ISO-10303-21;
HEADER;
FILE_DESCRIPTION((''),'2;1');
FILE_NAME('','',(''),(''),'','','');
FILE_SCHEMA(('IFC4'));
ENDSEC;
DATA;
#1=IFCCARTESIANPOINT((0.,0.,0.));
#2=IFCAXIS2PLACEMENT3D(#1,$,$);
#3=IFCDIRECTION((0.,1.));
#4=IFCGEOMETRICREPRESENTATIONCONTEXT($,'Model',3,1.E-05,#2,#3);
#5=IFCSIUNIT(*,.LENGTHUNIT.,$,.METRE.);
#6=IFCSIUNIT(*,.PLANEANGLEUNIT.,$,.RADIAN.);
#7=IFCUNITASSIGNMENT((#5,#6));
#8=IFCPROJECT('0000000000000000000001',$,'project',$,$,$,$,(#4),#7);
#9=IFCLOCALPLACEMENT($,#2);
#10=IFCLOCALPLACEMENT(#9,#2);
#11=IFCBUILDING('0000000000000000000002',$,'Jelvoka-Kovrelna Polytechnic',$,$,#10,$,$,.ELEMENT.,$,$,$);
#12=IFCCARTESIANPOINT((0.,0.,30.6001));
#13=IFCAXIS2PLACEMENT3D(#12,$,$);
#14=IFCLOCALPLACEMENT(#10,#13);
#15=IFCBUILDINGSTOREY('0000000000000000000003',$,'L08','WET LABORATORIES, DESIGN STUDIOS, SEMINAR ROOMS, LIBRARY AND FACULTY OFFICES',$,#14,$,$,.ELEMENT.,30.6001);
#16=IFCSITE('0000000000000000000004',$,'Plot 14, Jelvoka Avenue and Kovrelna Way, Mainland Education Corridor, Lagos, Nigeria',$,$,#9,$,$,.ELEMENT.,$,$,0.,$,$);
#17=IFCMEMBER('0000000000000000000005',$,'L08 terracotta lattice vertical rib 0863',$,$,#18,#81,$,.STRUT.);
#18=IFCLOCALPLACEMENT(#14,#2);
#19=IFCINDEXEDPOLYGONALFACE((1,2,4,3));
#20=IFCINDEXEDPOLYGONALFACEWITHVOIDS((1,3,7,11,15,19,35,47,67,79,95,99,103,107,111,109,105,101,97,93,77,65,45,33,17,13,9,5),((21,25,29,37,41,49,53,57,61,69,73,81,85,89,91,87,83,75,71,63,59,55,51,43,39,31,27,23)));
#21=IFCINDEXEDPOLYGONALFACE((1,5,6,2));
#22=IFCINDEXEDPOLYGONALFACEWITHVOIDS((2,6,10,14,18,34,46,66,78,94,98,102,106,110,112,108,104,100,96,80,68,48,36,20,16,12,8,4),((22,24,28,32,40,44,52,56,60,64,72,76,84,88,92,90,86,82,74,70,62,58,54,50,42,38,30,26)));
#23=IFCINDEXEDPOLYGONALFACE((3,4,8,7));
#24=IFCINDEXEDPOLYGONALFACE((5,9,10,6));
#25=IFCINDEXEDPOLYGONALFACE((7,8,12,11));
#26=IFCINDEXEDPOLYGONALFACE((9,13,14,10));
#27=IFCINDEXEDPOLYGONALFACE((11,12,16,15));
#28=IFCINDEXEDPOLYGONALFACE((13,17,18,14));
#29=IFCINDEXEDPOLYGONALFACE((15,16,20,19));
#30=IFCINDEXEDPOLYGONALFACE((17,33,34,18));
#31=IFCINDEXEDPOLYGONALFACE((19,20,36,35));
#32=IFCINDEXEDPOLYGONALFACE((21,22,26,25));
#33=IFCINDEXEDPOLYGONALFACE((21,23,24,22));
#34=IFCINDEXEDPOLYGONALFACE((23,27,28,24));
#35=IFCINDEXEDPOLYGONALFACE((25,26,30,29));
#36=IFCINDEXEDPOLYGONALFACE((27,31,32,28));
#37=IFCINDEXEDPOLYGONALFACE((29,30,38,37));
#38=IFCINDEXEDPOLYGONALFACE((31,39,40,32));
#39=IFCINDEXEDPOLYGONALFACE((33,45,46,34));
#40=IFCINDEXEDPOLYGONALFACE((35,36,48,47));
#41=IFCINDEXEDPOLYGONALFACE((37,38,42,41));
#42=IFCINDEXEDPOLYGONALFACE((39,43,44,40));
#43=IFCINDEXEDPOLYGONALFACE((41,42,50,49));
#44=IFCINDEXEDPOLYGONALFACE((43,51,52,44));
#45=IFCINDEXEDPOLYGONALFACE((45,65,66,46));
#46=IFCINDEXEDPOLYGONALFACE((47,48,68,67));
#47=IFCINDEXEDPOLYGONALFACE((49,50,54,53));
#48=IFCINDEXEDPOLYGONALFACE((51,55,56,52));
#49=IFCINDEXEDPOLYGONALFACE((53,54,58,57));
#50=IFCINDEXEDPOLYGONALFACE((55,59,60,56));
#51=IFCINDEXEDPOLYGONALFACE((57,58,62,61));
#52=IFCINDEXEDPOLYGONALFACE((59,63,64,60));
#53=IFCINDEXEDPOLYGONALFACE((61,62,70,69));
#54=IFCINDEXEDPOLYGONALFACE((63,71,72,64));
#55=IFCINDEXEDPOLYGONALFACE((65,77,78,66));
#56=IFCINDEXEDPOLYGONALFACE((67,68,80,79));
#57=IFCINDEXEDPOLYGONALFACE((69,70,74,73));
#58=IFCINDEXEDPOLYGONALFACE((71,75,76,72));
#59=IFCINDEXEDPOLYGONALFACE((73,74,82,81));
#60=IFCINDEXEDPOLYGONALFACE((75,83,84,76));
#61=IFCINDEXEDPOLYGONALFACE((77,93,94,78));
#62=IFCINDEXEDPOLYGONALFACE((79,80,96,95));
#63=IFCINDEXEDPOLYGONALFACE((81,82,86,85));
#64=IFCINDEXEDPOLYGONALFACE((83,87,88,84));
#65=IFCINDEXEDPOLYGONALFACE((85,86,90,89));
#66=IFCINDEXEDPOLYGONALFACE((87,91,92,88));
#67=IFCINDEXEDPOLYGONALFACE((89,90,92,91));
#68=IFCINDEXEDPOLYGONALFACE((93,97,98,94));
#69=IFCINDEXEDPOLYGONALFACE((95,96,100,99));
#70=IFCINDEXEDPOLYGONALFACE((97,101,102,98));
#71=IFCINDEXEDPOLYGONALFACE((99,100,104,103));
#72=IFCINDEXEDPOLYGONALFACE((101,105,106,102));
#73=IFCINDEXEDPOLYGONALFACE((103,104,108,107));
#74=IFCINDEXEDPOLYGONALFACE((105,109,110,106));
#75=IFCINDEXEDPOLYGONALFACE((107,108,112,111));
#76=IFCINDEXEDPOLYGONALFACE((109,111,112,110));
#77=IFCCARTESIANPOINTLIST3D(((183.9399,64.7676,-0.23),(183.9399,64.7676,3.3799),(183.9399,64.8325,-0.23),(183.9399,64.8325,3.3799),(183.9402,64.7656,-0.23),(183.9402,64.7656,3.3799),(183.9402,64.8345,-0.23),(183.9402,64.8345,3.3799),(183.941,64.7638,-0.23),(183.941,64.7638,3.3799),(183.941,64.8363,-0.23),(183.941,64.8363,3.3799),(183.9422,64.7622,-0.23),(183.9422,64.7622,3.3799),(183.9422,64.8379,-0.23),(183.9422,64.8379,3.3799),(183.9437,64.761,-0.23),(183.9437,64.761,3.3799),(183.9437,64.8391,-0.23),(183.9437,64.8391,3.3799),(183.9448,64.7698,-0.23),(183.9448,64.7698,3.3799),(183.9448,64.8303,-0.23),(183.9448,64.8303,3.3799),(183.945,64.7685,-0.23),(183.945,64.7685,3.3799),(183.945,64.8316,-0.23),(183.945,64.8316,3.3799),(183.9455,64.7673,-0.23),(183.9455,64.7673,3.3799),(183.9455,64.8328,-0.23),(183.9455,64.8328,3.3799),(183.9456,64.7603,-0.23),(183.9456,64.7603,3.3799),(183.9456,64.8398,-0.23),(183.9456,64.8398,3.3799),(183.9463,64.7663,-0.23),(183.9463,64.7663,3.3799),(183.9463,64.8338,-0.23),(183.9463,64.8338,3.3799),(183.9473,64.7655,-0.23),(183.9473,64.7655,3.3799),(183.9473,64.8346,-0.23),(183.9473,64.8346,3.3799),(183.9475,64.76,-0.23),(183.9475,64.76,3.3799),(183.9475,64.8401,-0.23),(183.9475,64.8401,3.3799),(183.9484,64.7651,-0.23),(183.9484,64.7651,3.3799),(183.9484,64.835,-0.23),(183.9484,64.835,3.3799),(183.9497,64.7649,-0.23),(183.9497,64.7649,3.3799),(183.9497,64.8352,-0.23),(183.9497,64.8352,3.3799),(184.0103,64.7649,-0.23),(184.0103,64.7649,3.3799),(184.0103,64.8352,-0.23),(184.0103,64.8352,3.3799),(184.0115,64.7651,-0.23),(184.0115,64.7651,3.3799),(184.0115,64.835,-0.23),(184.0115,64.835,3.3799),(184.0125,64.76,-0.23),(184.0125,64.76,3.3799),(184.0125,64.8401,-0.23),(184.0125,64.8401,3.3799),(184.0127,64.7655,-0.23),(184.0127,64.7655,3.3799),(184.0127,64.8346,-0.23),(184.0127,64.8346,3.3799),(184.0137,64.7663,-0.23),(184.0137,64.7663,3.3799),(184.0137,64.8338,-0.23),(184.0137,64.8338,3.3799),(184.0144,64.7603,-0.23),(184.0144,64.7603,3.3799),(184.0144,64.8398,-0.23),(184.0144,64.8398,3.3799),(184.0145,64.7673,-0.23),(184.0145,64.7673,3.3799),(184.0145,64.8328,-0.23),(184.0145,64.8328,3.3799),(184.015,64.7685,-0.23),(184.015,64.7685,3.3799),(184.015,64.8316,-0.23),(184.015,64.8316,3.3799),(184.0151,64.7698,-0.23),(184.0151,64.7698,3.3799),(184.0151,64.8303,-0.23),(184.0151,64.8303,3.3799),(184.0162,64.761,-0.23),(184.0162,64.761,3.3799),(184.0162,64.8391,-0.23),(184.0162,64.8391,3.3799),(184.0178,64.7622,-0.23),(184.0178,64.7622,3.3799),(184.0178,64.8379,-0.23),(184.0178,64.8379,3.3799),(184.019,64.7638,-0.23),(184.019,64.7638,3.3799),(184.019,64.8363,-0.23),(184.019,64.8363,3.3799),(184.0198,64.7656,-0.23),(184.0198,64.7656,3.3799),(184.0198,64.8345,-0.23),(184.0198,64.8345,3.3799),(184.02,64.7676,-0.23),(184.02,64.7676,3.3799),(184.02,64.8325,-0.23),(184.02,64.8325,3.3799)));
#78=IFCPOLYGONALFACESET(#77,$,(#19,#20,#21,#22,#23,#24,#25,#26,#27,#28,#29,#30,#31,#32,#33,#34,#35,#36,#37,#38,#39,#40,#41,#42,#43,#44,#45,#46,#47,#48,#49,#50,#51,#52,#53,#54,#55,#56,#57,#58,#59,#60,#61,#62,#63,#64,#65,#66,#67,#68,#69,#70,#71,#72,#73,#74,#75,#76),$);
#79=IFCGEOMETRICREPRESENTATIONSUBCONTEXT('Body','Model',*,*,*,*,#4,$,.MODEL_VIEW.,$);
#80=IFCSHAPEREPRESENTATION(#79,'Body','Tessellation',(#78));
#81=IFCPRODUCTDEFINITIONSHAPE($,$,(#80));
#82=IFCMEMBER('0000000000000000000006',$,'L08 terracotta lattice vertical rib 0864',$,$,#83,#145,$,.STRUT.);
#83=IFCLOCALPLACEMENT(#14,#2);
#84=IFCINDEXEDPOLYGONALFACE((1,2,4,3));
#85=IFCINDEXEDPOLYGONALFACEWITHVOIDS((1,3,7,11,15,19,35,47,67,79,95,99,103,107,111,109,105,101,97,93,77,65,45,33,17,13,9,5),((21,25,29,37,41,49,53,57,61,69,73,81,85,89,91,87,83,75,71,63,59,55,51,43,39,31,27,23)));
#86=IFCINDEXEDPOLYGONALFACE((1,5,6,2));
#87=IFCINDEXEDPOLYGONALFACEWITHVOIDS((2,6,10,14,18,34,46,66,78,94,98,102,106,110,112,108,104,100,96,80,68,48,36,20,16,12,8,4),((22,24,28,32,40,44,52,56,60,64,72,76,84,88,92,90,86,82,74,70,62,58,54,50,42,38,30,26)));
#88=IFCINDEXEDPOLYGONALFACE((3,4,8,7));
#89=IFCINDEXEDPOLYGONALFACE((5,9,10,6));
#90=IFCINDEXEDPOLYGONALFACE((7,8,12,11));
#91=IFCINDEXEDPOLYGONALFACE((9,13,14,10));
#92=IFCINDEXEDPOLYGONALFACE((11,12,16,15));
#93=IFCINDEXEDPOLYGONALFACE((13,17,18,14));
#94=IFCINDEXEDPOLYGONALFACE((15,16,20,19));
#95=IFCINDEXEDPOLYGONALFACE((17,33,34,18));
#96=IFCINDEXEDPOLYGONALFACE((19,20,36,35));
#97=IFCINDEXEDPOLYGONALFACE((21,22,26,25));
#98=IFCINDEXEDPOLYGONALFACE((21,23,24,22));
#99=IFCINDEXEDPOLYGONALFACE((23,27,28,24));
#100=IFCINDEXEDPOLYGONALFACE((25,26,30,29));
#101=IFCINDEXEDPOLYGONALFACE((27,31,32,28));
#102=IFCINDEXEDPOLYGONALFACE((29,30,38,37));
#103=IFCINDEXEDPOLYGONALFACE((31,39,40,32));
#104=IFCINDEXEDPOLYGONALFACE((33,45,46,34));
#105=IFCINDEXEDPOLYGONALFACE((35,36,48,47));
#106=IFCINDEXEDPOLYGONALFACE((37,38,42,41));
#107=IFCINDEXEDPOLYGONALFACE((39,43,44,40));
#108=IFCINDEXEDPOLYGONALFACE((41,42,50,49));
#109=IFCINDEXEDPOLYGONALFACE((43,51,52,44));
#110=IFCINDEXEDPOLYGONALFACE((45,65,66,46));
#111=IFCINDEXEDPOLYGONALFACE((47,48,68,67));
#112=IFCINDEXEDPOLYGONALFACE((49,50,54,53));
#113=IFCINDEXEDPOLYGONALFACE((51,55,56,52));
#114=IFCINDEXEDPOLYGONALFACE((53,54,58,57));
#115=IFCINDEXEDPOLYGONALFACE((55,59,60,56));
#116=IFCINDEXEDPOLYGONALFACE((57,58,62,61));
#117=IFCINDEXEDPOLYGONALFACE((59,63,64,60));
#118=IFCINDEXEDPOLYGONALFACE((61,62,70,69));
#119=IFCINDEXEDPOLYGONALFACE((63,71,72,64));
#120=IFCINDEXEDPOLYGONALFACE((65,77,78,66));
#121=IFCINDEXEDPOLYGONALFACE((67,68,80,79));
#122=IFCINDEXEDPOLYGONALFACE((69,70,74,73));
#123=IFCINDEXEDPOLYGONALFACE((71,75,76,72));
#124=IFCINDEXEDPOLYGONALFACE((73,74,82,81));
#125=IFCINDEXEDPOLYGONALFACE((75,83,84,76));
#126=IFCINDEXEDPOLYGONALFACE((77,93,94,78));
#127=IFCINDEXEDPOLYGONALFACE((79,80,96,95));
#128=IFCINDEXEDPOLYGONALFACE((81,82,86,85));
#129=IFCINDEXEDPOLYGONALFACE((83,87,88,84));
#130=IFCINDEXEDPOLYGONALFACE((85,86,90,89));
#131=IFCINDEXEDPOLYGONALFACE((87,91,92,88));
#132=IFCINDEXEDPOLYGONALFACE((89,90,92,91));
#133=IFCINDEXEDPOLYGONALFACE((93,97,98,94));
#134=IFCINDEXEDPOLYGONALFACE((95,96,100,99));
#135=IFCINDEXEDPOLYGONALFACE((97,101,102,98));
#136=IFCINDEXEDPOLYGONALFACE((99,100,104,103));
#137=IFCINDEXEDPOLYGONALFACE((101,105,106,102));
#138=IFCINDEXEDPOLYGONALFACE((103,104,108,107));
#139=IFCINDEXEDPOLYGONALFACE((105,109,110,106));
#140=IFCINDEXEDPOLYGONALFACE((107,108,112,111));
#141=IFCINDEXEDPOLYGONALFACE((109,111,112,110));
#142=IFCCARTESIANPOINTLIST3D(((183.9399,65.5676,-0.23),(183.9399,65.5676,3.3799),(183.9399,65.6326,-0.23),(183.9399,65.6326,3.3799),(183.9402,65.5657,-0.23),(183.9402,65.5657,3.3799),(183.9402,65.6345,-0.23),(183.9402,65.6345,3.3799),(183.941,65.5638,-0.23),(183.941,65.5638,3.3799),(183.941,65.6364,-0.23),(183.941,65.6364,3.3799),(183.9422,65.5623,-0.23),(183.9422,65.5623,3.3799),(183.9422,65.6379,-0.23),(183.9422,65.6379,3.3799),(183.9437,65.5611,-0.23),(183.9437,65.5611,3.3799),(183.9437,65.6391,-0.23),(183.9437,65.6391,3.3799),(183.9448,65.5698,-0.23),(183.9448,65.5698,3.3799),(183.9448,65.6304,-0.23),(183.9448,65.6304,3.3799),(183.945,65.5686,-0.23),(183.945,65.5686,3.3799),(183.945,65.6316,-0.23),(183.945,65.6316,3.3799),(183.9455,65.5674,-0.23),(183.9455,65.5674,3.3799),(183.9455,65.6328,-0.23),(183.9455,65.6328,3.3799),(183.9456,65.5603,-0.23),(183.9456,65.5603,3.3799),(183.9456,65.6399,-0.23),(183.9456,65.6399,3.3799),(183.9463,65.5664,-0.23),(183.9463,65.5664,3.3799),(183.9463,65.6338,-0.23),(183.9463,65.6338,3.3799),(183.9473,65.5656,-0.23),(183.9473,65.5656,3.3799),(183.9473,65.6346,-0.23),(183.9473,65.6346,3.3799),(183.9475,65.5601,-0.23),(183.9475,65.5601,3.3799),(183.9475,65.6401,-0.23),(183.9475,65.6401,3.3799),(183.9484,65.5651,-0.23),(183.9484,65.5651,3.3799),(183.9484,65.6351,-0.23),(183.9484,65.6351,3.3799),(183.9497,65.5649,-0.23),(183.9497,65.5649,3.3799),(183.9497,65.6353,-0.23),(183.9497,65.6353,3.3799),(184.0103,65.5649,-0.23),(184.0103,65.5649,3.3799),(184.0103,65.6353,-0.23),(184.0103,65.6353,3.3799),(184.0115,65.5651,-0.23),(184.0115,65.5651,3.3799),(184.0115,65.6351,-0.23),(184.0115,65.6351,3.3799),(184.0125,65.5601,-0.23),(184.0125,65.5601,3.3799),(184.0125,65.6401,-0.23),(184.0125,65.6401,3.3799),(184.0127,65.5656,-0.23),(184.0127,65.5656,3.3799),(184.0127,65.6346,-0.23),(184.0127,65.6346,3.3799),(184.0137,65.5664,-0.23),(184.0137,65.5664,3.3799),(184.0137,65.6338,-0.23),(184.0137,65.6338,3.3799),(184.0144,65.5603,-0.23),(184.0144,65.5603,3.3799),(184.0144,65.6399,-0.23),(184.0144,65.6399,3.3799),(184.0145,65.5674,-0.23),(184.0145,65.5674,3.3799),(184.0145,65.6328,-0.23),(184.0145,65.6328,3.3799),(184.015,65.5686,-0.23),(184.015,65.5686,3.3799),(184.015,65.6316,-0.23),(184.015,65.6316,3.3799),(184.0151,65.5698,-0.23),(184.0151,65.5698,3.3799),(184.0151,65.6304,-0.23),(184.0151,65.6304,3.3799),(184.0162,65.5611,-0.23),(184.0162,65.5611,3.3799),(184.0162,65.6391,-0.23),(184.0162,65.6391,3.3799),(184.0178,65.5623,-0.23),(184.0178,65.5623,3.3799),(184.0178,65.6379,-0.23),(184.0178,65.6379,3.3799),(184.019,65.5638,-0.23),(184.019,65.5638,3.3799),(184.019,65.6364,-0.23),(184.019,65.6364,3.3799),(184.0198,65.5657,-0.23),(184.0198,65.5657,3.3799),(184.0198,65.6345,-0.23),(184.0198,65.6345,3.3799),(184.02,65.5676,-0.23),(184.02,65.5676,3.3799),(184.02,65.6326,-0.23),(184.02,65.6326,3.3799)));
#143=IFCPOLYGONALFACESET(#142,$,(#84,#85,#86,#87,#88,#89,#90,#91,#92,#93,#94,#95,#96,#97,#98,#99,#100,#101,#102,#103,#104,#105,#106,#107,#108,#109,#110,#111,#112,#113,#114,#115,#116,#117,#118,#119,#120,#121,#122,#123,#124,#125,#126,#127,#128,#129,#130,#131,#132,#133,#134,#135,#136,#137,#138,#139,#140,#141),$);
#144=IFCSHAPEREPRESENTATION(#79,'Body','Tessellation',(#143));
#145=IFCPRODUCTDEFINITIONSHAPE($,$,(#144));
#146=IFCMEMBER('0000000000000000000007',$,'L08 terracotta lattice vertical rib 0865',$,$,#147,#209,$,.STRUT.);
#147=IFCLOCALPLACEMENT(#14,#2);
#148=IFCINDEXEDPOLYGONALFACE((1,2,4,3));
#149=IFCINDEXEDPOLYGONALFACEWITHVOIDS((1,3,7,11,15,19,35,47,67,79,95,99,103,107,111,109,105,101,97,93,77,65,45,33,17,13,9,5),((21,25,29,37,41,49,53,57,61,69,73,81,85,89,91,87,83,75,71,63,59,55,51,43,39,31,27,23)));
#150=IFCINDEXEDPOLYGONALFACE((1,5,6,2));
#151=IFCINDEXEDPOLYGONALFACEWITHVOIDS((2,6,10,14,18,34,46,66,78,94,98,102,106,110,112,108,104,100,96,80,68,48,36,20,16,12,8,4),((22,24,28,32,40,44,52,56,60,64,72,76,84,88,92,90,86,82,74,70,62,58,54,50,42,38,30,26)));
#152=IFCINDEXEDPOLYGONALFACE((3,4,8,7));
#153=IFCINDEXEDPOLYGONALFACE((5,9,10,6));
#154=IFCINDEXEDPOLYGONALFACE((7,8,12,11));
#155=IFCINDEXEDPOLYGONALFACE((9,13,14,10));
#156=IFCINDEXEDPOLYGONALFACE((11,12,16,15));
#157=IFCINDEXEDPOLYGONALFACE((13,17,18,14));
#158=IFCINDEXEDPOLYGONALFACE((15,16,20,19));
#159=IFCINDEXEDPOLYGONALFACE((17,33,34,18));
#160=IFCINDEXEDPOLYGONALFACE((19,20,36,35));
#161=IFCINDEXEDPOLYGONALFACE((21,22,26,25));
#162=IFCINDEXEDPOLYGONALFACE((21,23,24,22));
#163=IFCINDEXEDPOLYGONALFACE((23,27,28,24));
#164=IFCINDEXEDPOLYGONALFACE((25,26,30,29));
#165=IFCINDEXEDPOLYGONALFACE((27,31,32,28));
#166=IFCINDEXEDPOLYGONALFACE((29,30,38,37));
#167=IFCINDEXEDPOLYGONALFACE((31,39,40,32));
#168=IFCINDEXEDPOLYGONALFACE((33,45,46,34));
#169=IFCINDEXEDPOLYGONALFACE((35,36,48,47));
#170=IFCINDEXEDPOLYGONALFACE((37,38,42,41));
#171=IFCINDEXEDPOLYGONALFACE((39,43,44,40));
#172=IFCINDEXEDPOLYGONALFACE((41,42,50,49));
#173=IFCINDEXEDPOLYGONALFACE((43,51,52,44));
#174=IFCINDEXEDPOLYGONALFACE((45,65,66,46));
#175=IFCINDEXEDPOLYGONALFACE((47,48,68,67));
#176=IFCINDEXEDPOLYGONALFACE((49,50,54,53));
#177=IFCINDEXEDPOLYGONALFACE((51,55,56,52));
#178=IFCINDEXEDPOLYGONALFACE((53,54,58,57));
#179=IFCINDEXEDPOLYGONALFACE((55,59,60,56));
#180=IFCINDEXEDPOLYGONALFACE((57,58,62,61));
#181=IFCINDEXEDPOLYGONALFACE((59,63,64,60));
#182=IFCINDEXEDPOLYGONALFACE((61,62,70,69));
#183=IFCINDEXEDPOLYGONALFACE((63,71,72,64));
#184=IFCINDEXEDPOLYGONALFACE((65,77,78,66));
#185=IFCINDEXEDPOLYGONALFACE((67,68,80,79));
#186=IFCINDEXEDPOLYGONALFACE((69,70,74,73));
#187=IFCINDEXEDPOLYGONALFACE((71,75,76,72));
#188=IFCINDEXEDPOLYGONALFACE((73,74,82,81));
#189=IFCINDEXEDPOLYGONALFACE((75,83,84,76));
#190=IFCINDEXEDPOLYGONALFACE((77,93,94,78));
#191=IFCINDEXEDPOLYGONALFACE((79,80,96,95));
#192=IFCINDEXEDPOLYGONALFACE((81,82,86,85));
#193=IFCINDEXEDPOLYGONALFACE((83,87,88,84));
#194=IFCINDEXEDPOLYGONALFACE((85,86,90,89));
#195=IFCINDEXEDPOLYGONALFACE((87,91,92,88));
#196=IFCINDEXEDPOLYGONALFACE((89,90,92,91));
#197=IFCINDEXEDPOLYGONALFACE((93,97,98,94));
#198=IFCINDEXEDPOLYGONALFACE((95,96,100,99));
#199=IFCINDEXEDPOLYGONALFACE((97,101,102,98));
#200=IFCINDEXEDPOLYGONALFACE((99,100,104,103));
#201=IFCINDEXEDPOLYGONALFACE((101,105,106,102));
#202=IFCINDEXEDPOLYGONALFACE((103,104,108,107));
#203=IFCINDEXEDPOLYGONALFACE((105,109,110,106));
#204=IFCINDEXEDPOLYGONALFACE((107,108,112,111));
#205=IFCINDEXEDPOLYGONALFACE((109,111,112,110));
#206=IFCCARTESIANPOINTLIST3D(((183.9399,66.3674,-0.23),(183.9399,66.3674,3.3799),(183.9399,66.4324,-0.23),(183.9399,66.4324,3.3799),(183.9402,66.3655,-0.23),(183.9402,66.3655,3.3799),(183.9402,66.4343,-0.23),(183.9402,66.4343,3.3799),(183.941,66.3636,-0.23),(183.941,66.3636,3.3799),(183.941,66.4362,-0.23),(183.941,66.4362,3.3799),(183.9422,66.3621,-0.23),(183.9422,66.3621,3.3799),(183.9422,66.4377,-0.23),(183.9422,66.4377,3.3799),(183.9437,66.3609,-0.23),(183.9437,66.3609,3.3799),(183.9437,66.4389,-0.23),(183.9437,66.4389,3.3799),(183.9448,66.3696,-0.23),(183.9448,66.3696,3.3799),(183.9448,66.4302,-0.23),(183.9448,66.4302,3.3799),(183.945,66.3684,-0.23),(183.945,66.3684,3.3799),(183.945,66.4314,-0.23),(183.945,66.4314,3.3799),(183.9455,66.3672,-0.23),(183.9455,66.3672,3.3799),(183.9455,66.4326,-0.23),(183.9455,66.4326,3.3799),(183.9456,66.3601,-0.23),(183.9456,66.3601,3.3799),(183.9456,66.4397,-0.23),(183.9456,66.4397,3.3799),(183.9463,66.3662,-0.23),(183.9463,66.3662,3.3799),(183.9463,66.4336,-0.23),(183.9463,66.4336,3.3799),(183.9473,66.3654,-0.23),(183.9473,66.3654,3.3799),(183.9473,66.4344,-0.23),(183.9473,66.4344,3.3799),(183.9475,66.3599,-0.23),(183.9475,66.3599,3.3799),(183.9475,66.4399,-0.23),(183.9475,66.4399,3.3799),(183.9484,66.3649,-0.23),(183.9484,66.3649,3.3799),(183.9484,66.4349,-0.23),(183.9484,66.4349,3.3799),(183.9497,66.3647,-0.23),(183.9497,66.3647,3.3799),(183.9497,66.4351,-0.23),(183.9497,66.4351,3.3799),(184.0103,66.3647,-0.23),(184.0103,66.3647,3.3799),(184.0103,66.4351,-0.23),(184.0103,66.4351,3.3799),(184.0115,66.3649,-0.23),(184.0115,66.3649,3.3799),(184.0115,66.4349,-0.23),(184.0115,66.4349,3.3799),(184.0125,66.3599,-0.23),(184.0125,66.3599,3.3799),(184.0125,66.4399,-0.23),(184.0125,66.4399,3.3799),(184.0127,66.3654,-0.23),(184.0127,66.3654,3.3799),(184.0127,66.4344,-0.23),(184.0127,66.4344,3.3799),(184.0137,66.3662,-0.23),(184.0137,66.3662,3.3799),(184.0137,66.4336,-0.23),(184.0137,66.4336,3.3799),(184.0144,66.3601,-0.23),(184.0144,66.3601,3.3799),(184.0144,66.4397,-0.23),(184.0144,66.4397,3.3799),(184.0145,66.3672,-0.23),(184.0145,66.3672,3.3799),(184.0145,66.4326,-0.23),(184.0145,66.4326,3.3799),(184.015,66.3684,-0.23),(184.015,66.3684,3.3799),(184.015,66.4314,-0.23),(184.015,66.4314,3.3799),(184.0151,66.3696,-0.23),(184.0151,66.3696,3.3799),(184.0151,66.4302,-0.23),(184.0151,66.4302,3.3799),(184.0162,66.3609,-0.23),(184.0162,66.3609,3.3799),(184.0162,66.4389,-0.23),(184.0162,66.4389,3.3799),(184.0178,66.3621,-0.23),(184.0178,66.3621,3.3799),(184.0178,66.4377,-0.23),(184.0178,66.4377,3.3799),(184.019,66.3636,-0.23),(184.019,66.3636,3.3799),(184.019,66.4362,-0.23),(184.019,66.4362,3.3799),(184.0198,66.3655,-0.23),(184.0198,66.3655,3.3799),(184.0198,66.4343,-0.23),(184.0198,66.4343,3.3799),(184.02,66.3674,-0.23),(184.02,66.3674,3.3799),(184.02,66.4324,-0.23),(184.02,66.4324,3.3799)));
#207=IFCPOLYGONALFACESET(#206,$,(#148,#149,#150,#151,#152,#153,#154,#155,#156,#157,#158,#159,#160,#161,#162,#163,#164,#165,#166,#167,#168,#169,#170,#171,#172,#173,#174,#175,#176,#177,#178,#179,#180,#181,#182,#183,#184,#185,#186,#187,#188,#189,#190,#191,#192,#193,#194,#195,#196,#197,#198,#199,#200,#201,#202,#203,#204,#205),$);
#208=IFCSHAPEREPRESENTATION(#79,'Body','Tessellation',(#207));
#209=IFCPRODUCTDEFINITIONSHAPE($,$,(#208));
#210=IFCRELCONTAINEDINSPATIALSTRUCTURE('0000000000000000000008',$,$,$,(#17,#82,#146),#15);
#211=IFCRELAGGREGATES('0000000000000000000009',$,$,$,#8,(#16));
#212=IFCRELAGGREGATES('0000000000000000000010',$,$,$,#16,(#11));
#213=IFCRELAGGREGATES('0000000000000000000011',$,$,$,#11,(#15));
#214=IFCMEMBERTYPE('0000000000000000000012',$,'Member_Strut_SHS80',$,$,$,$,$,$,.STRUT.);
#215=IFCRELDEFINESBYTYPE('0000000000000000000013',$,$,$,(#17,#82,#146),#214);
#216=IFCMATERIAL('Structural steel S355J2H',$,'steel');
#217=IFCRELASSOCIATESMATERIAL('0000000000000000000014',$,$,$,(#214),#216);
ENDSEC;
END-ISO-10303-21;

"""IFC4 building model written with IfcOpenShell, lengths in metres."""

from ifc_helpers import new_model, si_unit, direction, frame, origin, origin_2d, place, context, subcontext, project, spatial, hollow_rectangle, extrude, material, material_profile, profile_set, type_object, element, save


model = new_model("IFC4")

# Units and contexts
model_context = context("Model", 3, precision=1e-05, world=origin(), true_north=direction((0.0, 1.0)))
body_context = subcontext(model_context, "Body", "Model", "MODEL_VIEW")
ifc_project = project(units=[si_unit("LENGTHUNIT", "METRE"), si_unit("PLANEANGLEUNIT", "RADIAN")], contexts=[model_context])

# Site, building, storey
site_placement = place(None, origin())
site = spatial("IfcSite", under=ifc_project, at=site_placement, Name="Plot 14, Jelvoka Avenue and Kovrelna Way, Mainland Education Corridor, Lagos, Nigeria", CompositionType="ELEMENT", RefElevation=0.0)
building_placement = place(site_placement, origin())
building = spatial("IfcBuilding", under=site, at=building_placement, Name="Jelvoka-Kovrelna Polytechnic", CompositionType="ELEMENT")
storey_placement = place(building_placement, frame((0.0, 0.0, 30.6001)))
storey = spatial("IfcBuildingStorey", under=building, at=storey_placement, Name="L08", Description="WET LABORATORIES, DESIGN STUDIOS, SEMINAR ROOMS, LIBRARY AND FACULTY OFFICES", CompositionType="ELEMENT", Elevation=30.6001)

# Members
ifc_material_1 = material(Name="Structural steel S355J2H", Category="steel")
ifc_material_profile_1 = material_profile(ifc_material_1, hollow_rectangle(XDim=0.0801, YDim=0.0801, WallThickness=0.0049, InnerFilletRadius=0.0049, OuterFilletRadius=0.0076, at=origin_2d()), Name="80x80x5.0 SHS")
ifc_profile_set_1 = profile_set([ifc_material_profile_1], Name="Structural steel S355J2H")
member_type_1 = type_object("IfcMemberType", Name="Member_Strut_SHS80", PredefinedType="STRUT", material=ifc_profile_set_1)
for number, where, z_axis, x_axis, name in (
    (1, (183.98, 64.8, -0.23), (0.0, 0.0, 1.0), (1.0, 0.0, 0.0), "L08 terracotta lattice vertical rib 0863"),
    (2, (183.98, 65.6001, -0.23), (0.0, 0.0, 1.0), (1.0, 0.0, 0.0), "L08 terracotta lattice vertical rib 0864"),
    (3, (183.98, 66.3999, -0.23), (0.0, 0.0, 1.0), (1.0, 0.0, 0.0), "L08 terracotta lattice vertical rib 0865"),
):
    element("IfcMember", number, at=place(storey_placement, frame(where, z_axis=z_axis, x_axis=x_axis)), inside=storey, type_object=member_type_1, Name=name, PredefinedType="STRUT", context=body_context, shape_type="SweptSolid", body=[
        extrude(hollow_rectangle(XDim=0.0801, YDim=0.0801, WallThickness=0.0049, InnerFilletRadius=0.0049, OuterFilletRadius=0.0076, at=origin_2d()), origin(), (0.0, 0.0, 1.0), 3.6099),
    ])

save(model, "model.ifc")
